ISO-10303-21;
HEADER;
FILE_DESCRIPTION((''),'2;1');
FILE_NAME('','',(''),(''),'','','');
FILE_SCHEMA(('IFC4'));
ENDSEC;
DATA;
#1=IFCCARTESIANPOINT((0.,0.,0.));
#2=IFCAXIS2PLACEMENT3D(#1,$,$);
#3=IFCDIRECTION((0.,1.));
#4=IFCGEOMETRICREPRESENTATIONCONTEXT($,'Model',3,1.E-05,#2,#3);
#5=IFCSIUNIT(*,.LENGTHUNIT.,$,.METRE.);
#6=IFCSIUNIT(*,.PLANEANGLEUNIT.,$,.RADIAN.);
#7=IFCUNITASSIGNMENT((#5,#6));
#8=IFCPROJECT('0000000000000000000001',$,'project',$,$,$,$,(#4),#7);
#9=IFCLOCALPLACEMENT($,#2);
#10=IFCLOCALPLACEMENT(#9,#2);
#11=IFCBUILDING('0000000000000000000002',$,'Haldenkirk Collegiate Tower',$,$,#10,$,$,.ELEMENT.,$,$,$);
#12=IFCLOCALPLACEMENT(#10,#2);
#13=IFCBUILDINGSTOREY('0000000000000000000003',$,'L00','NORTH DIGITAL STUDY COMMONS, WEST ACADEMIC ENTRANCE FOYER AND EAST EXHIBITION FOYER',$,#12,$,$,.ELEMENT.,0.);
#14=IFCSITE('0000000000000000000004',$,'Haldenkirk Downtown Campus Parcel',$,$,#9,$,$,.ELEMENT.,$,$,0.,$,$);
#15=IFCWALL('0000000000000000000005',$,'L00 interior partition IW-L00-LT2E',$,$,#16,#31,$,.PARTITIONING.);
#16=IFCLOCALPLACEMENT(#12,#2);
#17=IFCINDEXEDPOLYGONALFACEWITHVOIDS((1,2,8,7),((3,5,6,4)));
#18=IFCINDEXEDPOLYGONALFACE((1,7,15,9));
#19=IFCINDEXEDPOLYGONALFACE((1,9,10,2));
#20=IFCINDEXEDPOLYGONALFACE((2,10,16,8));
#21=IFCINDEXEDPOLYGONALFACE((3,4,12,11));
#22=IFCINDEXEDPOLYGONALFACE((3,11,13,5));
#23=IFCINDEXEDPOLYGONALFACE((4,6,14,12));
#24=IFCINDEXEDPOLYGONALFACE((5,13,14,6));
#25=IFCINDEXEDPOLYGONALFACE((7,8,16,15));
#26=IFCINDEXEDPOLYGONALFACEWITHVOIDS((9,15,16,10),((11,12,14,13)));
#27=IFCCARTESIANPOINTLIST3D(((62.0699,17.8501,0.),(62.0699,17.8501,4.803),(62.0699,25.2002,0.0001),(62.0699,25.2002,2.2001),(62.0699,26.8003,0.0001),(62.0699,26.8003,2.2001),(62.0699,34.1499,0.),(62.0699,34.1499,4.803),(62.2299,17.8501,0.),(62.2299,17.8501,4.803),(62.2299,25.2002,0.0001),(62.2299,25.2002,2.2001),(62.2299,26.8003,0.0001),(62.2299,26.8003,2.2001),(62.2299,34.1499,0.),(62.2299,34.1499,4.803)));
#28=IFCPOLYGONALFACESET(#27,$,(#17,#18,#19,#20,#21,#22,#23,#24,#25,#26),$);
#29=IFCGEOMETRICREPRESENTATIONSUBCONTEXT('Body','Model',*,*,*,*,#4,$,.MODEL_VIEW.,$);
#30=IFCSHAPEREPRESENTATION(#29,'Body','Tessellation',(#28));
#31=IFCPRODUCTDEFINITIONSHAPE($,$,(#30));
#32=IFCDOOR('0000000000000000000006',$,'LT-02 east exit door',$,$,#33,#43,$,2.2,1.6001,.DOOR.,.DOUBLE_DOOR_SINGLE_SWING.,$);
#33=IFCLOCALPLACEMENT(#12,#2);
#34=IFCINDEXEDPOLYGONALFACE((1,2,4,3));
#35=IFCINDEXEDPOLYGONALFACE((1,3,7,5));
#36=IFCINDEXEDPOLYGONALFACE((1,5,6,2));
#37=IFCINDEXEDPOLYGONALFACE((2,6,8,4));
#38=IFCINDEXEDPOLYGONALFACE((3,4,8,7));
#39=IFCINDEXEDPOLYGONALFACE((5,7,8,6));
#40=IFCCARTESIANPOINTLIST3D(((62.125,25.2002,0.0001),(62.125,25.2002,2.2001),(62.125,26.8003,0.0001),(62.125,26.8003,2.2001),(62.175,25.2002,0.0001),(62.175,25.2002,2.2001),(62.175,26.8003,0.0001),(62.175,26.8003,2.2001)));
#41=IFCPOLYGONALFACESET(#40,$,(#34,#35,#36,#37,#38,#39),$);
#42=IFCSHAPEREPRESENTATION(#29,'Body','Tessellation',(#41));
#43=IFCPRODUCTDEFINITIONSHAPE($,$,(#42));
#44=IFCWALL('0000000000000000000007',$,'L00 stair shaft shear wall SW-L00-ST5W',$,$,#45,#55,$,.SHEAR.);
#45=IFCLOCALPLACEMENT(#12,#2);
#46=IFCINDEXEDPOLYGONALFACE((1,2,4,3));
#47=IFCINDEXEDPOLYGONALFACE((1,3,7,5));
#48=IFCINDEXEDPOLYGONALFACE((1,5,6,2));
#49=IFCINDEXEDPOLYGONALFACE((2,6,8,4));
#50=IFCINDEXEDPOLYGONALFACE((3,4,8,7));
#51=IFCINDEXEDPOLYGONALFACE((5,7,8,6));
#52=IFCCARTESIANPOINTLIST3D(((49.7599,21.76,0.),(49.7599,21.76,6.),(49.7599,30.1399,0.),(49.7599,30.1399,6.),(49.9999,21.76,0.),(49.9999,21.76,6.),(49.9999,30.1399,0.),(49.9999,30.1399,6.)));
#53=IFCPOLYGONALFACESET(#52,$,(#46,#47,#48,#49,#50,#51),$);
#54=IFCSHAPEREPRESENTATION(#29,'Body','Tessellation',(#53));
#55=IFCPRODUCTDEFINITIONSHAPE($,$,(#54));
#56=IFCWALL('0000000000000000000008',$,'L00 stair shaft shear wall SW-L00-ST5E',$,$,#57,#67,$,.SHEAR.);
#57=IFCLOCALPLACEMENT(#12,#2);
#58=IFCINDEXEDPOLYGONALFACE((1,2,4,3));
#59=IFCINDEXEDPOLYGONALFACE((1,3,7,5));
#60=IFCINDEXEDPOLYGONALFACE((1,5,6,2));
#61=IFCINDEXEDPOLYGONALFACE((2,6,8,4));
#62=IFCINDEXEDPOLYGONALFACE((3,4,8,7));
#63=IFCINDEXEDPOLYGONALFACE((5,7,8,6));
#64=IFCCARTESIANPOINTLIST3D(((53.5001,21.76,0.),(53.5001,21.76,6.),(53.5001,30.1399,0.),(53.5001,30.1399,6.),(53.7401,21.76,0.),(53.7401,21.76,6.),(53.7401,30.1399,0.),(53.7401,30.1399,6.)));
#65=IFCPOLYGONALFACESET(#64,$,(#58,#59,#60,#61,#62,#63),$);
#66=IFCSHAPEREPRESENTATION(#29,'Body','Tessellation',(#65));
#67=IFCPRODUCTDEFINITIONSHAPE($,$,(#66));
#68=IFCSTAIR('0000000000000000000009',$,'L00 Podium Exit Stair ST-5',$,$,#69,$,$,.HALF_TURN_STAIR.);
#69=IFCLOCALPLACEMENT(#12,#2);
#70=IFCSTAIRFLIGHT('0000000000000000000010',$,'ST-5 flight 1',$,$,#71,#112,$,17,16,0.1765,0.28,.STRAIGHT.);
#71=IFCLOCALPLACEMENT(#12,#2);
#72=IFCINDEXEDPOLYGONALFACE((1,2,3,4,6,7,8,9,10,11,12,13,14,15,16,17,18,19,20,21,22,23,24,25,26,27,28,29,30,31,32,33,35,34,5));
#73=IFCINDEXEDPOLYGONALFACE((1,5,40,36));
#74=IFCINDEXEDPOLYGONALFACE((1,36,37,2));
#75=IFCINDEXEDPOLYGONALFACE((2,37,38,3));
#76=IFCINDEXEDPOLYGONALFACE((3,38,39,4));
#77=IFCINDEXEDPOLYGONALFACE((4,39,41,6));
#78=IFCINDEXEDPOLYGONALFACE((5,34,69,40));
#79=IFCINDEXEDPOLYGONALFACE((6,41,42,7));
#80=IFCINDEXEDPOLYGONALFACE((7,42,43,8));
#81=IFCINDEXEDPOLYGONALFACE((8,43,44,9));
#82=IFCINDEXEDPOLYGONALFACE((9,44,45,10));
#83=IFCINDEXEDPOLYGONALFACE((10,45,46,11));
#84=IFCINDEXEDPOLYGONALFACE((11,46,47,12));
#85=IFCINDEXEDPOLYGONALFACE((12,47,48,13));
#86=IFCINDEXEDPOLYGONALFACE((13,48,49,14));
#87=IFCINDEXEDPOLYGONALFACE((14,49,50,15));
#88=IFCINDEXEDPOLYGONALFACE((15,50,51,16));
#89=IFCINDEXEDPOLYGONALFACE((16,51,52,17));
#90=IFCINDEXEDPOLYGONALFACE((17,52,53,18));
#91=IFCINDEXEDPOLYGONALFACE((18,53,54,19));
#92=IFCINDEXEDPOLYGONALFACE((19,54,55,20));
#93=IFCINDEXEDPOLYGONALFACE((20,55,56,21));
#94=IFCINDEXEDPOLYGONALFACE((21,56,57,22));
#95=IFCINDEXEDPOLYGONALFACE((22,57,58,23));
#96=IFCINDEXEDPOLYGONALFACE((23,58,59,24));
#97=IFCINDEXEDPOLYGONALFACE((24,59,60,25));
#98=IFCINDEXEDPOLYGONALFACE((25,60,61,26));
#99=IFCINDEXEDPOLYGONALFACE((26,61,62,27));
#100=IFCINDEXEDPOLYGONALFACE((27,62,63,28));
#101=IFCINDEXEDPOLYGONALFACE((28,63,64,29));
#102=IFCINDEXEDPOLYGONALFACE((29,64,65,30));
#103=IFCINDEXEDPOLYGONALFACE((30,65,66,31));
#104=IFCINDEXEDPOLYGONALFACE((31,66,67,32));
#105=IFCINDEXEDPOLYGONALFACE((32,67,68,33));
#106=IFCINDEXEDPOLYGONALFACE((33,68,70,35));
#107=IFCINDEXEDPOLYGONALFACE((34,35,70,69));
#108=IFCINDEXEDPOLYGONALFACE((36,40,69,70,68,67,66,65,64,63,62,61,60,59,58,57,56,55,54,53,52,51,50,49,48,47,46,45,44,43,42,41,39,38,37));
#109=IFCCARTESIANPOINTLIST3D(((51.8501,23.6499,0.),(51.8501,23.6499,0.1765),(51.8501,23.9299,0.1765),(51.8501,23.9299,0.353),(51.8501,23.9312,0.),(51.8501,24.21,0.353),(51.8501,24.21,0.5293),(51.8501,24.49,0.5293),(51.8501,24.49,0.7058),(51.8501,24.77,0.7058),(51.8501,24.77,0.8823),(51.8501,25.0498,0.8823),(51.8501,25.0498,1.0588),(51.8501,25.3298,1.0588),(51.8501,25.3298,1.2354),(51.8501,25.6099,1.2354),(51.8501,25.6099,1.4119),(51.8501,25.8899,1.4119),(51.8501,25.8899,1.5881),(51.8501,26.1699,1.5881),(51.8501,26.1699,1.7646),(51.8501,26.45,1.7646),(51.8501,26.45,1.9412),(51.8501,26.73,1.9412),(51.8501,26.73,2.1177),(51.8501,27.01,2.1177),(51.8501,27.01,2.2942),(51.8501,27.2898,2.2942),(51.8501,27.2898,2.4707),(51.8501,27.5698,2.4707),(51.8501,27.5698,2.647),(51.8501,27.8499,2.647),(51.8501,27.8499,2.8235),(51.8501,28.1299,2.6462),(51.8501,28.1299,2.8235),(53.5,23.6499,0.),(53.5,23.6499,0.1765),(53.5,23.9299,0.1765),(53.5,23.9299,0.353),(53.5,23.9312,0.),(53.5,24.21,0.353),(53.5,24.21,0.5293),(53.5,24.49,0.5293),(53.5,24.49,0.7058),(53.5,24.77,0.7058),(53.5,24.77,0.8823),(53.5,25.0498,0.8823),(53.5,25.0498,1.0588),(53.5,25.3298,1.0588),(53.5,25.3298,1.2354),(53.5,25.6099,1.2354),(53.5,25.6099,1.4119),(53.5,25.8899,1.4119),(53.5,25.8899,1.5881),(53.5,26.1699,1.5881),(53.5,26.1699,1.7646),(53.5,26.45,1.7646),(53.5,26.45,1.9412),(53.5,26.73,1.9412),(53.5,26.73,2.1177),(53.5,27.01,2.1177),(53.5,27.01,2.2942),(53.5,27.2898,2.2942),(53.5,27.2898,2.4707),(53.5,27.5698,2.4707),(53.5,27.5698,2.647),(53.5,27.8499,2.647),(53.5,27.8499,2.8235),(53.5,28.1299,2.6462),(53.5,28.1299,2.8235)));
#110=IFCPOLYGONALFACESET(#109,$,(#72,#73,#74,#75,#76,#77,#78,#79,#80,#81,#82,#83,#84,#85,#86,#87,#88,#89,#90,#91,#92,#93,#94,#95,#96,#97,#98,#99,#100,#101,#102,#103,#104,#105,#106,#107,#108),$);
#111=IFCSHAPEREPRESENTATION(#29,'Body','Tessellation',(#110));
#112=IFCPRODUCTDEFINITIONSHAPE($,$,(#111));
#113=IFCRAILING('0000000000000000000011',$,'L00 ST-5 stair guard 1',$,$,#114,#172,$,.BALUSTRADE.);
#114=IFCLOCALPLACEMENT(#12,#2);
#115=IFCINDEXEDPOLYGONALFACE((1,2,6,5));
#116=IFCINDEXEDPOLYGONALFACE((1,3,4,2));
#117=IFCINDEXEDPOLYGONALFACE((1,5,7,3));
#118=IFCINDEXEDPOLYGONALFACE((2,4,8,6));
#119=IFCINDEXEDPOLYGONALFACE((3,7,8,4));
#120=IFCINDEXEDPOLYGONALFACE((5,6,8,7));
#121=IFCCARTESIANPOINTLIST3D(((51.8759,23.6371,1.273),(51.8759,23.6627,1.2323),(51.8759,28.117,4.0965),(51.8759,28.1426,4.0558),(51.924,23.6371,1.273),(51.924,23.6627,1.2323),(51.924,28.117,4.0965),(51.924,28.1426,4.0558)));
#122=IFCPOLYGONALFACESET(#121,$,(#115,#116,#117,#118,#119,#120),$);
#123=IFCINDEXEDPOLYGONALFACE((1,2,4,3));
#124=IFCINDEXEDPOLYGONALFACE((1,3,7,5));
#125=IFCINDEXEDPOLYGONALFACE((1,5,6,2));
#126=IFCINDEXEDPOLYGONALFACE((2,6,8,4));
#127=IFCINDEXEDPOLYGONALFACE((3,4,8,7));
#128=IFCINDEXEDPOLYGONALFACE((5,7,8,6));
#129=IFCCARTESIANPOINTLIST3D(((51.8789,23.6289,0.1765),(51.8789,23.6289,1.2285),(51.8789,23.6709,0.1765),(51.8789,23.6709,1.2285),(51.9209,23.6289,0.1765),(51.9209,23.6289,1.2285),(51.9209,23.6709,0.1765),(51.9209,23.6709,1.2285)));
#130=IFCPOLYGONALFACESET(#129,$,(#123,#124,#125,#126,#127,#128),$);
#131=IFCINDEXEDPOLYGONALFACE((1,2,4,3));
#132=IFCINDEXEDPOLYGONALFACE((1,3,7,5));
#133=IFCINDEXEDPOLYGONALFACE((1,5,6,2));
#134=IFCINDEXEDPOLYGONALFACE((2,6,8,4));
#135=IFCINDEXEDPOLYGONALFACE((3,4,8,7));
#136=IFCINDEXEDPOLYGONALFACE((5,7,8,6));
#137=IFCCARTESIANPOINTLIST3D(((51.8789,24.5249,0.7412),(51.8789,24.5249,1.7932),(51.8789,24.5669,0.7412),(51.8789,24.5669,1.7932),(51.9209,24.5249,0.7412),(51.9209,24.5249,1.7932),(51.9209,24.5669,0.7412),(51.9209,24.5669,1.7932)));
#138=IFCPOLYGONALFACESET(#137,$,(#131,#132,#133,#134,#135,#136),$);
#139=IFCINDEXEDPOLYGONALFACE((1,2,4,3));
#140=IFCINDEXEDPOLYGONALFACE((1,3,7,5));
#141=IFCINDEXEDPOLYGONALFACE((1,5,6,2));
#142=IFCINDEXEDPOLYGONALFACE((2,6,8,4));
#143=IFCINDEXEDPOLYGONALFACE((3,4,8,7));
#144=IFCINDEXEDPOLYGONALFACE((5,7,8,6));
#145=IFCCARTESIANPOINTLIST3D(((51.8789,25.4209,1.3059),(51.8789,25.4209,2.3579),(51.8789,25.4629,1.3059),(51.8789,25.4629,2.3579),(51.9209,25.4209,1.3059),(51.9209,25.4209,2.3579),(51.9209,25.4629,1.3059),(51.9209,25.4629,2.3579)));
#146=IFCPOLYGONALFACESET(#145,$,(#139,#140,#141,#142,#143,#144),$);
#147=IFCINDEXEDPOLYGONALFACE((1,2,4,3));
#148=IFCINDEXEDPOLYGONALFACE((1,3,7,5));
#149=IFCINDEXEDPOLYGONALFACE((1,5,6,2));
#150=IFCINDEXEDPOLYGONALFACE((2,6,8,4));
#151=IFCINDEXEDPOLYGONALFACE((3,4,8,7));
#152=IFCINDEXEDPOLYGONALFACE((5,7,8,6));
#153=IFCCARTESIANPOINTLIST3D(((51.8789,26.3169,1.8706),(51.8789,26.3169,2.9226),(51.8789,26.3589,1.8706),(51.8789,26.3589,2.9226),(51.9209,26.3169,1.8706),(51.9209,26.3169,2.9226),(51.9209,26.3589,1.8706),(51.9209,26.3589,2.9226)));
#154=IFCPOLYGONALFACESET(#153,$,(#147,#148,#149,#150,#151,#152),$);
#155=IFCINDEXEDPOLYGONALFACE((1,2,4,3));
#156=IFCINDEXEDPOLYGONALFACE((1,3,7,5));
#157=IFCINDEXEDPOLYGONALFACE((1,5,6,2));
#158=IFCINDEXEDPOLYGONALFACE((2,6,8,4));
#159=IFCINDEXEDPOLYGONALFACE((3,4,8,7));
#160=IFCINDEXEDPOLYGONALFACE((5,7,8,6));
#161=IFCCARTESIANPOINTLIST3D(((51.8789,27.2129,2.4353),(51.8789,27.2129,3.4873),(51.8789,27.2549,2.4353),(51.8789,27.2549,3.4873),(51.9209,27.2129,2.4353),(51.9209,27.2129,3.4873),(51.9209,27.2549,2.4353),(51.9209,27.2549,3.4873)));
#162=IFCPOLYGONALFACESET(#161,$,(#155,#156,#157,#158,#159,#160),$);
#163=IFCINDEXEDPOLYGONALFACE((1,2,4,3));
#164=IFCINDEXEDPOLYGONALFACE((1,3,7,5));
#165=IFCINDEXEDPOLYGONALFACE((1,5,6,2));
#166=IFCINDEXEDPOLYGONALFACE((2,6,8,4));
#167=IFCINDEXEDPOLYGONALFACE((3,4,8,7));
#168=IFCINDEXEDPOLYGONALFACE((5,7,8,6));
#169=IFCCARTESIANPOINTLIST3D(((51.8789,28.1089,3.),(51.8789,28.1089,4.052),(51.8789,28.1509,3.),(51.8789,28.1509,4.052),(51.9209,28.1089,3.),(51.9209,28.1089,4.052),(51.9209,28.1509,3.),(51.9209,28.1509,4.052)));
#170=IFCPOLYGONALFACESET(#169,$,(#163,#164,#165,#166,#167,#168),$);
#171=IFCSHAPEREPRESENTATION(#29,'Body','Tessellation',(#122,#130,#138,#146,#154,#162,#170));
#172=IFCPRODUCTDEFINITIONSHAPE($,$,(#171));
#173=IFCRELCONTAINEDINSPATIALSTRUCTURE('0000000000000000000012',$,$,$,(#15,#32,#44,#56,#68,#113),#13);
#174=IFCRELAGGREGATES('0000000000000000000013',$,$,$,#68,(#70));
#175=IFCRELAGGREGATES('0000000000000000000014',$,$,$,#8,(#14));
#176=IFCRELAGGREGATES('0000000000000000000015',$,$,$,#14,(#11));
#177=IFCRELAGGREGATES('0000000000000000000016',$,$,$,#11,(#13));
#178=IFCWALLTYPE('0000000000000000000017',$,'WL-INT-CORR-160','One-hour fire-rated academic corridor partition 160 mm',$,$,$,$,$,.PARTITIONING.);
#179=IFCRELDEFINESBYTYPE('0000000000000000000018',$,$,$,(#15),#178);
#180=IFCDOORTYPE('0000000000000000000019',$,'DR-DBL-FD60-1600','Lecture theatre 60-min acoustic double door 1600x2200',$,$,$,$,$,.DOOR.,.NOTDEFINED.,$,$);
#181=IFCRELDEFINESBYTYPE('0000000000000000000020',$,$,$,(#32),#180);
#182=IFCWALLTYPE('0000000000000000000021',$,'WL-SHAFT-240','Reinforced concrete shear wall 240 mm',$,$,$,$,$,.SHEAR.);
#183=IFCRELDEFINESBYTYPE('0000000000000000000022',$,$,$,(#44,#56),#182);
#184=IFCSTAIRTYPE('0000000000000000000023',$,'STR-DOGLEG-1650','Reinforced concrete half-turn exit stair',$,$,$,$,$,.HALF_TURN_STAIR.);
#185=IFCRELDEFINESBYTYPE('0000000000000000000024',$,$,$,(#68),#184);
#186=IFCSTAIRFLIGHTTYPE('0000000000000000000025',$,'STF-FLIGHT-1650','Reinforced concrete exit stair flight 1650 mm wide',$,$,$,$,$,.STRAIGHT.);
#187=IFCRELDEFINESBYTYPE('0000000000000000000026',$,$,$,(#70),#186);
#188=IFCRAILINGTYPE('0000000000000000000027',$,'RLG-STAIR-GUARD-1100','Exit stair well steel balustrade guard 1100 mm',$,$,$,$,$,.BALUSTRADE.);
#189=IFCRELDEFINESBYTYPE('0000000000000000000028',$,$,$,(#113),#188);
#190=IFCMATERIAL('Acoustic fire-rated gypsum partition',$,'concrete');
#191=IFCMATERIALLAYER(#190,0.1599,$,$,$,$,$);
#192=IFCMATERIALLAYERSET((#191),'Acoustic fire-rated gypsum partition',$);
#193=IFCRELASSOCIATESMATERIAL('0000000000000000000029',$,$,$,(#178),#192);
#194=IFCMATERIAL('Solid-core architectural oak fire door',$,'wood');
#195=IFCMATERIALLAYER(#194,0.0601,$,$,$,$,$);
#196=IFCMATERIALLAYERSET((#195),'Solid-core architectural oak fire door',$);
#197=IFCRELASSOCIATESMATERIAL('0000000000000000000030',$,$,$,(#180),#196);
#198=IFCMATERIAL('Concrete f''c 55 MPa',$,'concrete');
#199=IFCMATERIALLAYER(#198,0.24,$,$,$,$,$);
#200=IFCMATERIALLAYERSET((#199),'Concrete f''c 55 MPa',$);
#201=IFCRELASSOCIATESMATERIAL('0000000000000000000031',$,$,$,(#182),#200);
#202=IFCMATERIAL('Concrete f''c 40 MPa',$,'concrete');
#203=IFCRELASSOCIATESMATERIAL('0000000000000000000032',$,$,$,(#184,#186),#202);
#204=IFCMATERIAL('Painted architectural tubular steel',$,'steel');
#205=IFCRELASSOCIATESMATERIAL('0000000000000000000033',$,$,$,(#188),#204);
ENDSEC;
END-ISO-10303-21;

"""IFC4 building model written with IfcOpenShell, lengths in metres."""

from ifc_helpers import new_model, si_unit, direction, frame, frame_2d, origin, origin_2d, place, context, subcontext, project, spatial, polyline, rectangle, outline, extrude, material, layer, layer_set, type_object, element, fill, aggregate, save


model = new_model("IFC4")

# Units and contexts
model_context = context("Model", 3, precision=1e-05, world=origin(), true_north=direction((0.0, 1.0)))
body_context = subcontext(model_context, "Body", "Model", "MODEL_VIEW")
ifc_project = project(units=[si_unit("LENGTHUNIT", "METRE"), si_unit("PLANEANGLEUNIT", "RADIAN")], contexts=[model_context])

# Site, building, storey
site_placement = place(None, origin())
site = spatial("IfcSite", under=ifc_project, at=site_placement, Name="Haldenkirk Downtown Campus Parcel", CompositionType="ELEMENT", RefElevation=0.0)
building_placement = place(site_placement, origin())
building = spatial("IfcBuilding", under=site, at=building_placement, Name="Haldenkirk Collegiate Tower", CompositionType="ELEMENT")
storey_placement = place(building_placement, origin())
storey = spatial("IfcBuildingStorey", under=building, at=storey_placement, Name="L00", Description="NORTH DIGITAL STUDY COMMONS, WEST ACADEMIC ENTRANCE FOYER AND EAST EXHIBITION FOYER", CompositionType="ELEMENT", Elevation=0.0)

# Wall, opening, door
ifc_material_1 = material(Name="Acoustic fire-rated gypsum partition", Category="concrete")
ifc_layer_1 = layer(ifc_material_1, 0.1599)
ifc_layer_set_1 = layer_set([ifc_layer_1], Name="Acoustic fire-rated gypsum partition")
wall_type_1 = type_object("IfcWallType", Name="WL-INT-CORR-160", Description="One-hour fire-rated academic corridor partition 160 mm", PredefinedType="PARTITIONING", material=ifc_layer_set_1)
ifc_material_2 = material(Name="Solid-core architectural oak fire door", Category="wood")
ifc_layer_2 = layer(ifc_material_2, 0.0601)
ifc_layer_set_2 = layer_set([ifc_layer_2], Name="Solid-core architectural oak fire door")
door_type_1 = type_object("IfcDoorType", Name="DR-DBL-FD60-1600", Description="Lecture theatre 60-min acoustic double door 1600x2200", OperationType="NOTDEFINED", PredefinedType="DOOR", material=ifc_layer_set_2)
wall_1_placement = place(storey_placement, frame((62.1499, 17.8501, 0.0), z_axis=(0.0, 0.0, 1.0), x_axis=(0.0, 1.0, 0.0)))
wall_1 = element("IfcWall", 1, at=wall_1_placement, inside=storey, type_object=wall_type_1, Name="L00 interior partition IW-L00-LT2E", PredefinedType="PARTITIONING", context=body_context, shape_type="SweptSolid", body=[
    extrude(rectangle(XDim=16.2998, YDim=0.1599, at=frame_2d((8.1499, 0.0))), origin(), (0.0, 0.0, 1.0), 4.803),
])
opening_1_placement = place(wall_1_placement, frame((7.3501, 0.0, 0.0)))
opening_1 = element("IfcOpeningElement", 2, at=opening_1_placement, cuts=wall_1, PredefinedType="OPENING", context=body_context, shape_type="SweptSolid", body=[
    extrude(rectangle(XDim=1.6001, YDim=2.2, at=frame_2d((0.8, 1.1001))), frame((0.0, 0.0898, 0.0), z_axis=(0.0, -1.0, 0.0), x_axis=(1.0, 0.0, 0.0)), (0.0, 0.0, 1.0), 0.1799),
])
door_1_placement = place(opening_1_placement, origin())
door_1 = element("IfcDoor", 3, at=door_1_placement, inside=storey, type_object=door_type_1, Name="LT-02 east exit door", OperationType="DOUBLE_DOOR_SINGLE_SWING", OverallHeight=2.2, OverallWidth=1.6001, PredefinedType="DOOR", context=body_context, shape_type="SweptSolid", body=[
    extrude(rectangle(XDim=1.6001, YDim=2.2, at=frame_2d((0.8, 1.1001))), frame((0.0, 0.0249, 0.0), z_axis=(0.0, -1.0, 0.0), x_axis=(1.0, 0.0, 0.0)), (0.0, 0.0, 1.0), 0.05),
])
fill(opening_1, door_1)

# Walls
ifc_material_3 = material(Name="Concrete f'c 55 MPa", Category="concrete")
ifc_layer_3 = layer(ifc_material_3, 0.24)
ifc_layer_set_3 = layer_set([ifc_layer_3], Name="Concrete f'c 55 MPa")
wall_type_2 = type_object("IfcWallType", Name="WL-SHAFT-240", Description="Reinforced concrete shear wall 240 mm", PredefinedType="SHEAR", material=ifc_layer_set_3)
for number, where, z_axis, x_axis, name in (
    (4, (49.8799, 21.76, 0.0), (0.0, 0.0, 1.0), (0.0, 1.0, 0.0), "L00 stair shaft shear wall SW-L00-ST5W"),
    (5, (53.6201, 21.76, 0.0), (0.0, 0.0, 1.0), (0.0, 1.0, 0.0), "L00 stair shaft shear wall SW-L00-ST5E"),
):
    element("IfcWall", number, at=place(storey_placement, frame(where, z_axis=z_axis, x_axis=x_axis)), inside=storey, type_object=wall_type_2, Name=name, PredefinedType="SHEAR", context=body_context, shape_type="SweptSolid", body=[
        extrude(rectangle(XDim=8.3799, YDim=0.24, at=frame_2d((4.1899, 0.0))), origin(), (0.0, 0.0, 1.0), 6.0),
    ])

# Stair, stair flight
ifc_material_4 = material(Name="Concrete f'c 40 MPa", Category="concrete")
stair_type = type_object("IfcStairType", Name="STR-DOGLEG-1650", Description="Reinforced concrete half-turn exit stair", PredefinedType="HALF_TURN_STAIR", material=ifc_material_4)
stair_placement = place(storey_placement, origin())
stair = element("IfcStair", 6, at=stair_placement, inside=storey, type_object=stair_type, Name="L00 Podium Exit Stair ST-5", PredefinedType="HALF_TURN_STAIR")
stair_flight_type = type_object("IfcStairFlightType", Name="STF-FLIGHT-1650", Description="Reinforced concrete exit stair flight 1650 mm wide", PredefinedType="STRAIGHT", material=ifc_material_4)
stair_flight_placement = place(storey_placement, frame((52.675, 23.6499, 0.0), z_axis=(0.0, 0.0, 1.0), x_axis=(0.0, 1.0, 0.0)))
stair_flight = element("IfcStairFlight", 7, at=stair_flight_placement, type_object=stair_flight_type, Name="ST-5 flight 1", NumberOfRisers=17, NumberOfTreads=16, PredefinedType="STRAIGHT", RiserHeight=0.1765, TreadLength=0.28, context=body_context, shape_type="SweptSolid", body=[
    extrude(outline(polyline([(0.0, 0.0), (0.0, 0.1765), (0.28, 0.1765), (0.28, 0.353), (0.5601, 0.353), (0.5601, 0.5293), (0.8401, 0.5293), (0.8401, 0.7058), (1.1201, 0.7058), (1.1201, 0.8823), (1.3999, 0.8823), (1.3999, 1.0588), (1.6799, 1.0588), (1.6799, 1.2354), (1.96, 1.2354), (1.96, 1.4119), (2.24, 1.4119), (2.24, 1.5881), (2.52, 1.5881), (2.52, 1.7646), (2.8, 1.7646), (2.8, 1.9412), (3.0801, 1.9412), (3.0801, 2.1177), (3.3601, 2.1177), (3.3601, 2.2942), (3.6399, 2.2942), (3.6399, 2.4707), (3.9199, 2.4707), (3.9199, 2.647), (4.2, 2.647), (4.2, 2.8235), (4.48, 2.8235), (4.48, 3.0), (4.48, 2.6462), (0.2812, 0.0), (0.0, 0.0)])), frame((0.0, 0.825, 0.0), z_axis=(0.0, -1.0, 0.0), x_axis=(1.0, 0.0, 0.0)), (0.0, 0.0, 1.0), 1.6499),
])
aggregate(stair, [stair_flight])

# Railing
ifc_material_5 = material(Name="Painted architectural tubular steel", Category="steel")
railing_type_1 = type_object("IfcRailingType", Name="RLG-STAIR-GUARD-1100", Description="Exit stair well steel balustrade guard 1100 mm", PredefinedType="BALUSTRADE", material=ifc_material_5)
railing_1_placement = place(storey_placement, frame((51.8999, 23.6499, 0.1765)))
element("IfcRailing", 8, at=railing_1_placement, inside=storey, type_object=railing_type_1, Name="L00 ST-5 stair guard 1", PredefinedType="BALUSTRADE", context=body_context, shape_type="SweptSolid", body=[
    extrude(rectangle(XDim=0.0481, YDim=0.0481, at=origin_2d()), frame((0.0, 0.0, 1.0762), z_axis=(0.0, 0.845998, 0.533186), x_axis=(-1.0, 0.0, 0.0)), (0.0, 0.0, 1.0), 5.2954),
    extrude(rectangle(XDim=0.042, YDim=0.042, at=origin_2d()), origin(), (0.0, 0.0, 1.0), 1.052),
    extrude(rectangle(XDim=0.042, YDim=0.042, at=origin_2d()), frame((0.0, 0.896, 0.5647)), (0.0, 0.0, 1.0), 1.052),
    extrude(rectangle(XDim=0.042, YDim=0.042, at=origin_2d()), frame((0.0, 1.792, 1.1294)), (0.0, 0.0, 1.0), 1.052),
    extrude(rectangle(XDim=0.042, YDim=0.042, at=origin_2d()), frame((0.0, 2.688, 1.6941)), (0.0, 0.0, 1.0), 1.052),
    extrude(rectangle(XDim=0.042, YDim=0.042, at=origin_2d()), frame((0.0, 3.584, 2.2588)), (0.0, 0.0, 1.0), 1.052),
    extrude(rectangle(XDim=0.042, YDim=0.042, at=origin_2d()), frame((0.0, 4.48, 2.8235)), (0.0, 0.0, 1.0), 1.052),
])

save(model, "model.ifc")
